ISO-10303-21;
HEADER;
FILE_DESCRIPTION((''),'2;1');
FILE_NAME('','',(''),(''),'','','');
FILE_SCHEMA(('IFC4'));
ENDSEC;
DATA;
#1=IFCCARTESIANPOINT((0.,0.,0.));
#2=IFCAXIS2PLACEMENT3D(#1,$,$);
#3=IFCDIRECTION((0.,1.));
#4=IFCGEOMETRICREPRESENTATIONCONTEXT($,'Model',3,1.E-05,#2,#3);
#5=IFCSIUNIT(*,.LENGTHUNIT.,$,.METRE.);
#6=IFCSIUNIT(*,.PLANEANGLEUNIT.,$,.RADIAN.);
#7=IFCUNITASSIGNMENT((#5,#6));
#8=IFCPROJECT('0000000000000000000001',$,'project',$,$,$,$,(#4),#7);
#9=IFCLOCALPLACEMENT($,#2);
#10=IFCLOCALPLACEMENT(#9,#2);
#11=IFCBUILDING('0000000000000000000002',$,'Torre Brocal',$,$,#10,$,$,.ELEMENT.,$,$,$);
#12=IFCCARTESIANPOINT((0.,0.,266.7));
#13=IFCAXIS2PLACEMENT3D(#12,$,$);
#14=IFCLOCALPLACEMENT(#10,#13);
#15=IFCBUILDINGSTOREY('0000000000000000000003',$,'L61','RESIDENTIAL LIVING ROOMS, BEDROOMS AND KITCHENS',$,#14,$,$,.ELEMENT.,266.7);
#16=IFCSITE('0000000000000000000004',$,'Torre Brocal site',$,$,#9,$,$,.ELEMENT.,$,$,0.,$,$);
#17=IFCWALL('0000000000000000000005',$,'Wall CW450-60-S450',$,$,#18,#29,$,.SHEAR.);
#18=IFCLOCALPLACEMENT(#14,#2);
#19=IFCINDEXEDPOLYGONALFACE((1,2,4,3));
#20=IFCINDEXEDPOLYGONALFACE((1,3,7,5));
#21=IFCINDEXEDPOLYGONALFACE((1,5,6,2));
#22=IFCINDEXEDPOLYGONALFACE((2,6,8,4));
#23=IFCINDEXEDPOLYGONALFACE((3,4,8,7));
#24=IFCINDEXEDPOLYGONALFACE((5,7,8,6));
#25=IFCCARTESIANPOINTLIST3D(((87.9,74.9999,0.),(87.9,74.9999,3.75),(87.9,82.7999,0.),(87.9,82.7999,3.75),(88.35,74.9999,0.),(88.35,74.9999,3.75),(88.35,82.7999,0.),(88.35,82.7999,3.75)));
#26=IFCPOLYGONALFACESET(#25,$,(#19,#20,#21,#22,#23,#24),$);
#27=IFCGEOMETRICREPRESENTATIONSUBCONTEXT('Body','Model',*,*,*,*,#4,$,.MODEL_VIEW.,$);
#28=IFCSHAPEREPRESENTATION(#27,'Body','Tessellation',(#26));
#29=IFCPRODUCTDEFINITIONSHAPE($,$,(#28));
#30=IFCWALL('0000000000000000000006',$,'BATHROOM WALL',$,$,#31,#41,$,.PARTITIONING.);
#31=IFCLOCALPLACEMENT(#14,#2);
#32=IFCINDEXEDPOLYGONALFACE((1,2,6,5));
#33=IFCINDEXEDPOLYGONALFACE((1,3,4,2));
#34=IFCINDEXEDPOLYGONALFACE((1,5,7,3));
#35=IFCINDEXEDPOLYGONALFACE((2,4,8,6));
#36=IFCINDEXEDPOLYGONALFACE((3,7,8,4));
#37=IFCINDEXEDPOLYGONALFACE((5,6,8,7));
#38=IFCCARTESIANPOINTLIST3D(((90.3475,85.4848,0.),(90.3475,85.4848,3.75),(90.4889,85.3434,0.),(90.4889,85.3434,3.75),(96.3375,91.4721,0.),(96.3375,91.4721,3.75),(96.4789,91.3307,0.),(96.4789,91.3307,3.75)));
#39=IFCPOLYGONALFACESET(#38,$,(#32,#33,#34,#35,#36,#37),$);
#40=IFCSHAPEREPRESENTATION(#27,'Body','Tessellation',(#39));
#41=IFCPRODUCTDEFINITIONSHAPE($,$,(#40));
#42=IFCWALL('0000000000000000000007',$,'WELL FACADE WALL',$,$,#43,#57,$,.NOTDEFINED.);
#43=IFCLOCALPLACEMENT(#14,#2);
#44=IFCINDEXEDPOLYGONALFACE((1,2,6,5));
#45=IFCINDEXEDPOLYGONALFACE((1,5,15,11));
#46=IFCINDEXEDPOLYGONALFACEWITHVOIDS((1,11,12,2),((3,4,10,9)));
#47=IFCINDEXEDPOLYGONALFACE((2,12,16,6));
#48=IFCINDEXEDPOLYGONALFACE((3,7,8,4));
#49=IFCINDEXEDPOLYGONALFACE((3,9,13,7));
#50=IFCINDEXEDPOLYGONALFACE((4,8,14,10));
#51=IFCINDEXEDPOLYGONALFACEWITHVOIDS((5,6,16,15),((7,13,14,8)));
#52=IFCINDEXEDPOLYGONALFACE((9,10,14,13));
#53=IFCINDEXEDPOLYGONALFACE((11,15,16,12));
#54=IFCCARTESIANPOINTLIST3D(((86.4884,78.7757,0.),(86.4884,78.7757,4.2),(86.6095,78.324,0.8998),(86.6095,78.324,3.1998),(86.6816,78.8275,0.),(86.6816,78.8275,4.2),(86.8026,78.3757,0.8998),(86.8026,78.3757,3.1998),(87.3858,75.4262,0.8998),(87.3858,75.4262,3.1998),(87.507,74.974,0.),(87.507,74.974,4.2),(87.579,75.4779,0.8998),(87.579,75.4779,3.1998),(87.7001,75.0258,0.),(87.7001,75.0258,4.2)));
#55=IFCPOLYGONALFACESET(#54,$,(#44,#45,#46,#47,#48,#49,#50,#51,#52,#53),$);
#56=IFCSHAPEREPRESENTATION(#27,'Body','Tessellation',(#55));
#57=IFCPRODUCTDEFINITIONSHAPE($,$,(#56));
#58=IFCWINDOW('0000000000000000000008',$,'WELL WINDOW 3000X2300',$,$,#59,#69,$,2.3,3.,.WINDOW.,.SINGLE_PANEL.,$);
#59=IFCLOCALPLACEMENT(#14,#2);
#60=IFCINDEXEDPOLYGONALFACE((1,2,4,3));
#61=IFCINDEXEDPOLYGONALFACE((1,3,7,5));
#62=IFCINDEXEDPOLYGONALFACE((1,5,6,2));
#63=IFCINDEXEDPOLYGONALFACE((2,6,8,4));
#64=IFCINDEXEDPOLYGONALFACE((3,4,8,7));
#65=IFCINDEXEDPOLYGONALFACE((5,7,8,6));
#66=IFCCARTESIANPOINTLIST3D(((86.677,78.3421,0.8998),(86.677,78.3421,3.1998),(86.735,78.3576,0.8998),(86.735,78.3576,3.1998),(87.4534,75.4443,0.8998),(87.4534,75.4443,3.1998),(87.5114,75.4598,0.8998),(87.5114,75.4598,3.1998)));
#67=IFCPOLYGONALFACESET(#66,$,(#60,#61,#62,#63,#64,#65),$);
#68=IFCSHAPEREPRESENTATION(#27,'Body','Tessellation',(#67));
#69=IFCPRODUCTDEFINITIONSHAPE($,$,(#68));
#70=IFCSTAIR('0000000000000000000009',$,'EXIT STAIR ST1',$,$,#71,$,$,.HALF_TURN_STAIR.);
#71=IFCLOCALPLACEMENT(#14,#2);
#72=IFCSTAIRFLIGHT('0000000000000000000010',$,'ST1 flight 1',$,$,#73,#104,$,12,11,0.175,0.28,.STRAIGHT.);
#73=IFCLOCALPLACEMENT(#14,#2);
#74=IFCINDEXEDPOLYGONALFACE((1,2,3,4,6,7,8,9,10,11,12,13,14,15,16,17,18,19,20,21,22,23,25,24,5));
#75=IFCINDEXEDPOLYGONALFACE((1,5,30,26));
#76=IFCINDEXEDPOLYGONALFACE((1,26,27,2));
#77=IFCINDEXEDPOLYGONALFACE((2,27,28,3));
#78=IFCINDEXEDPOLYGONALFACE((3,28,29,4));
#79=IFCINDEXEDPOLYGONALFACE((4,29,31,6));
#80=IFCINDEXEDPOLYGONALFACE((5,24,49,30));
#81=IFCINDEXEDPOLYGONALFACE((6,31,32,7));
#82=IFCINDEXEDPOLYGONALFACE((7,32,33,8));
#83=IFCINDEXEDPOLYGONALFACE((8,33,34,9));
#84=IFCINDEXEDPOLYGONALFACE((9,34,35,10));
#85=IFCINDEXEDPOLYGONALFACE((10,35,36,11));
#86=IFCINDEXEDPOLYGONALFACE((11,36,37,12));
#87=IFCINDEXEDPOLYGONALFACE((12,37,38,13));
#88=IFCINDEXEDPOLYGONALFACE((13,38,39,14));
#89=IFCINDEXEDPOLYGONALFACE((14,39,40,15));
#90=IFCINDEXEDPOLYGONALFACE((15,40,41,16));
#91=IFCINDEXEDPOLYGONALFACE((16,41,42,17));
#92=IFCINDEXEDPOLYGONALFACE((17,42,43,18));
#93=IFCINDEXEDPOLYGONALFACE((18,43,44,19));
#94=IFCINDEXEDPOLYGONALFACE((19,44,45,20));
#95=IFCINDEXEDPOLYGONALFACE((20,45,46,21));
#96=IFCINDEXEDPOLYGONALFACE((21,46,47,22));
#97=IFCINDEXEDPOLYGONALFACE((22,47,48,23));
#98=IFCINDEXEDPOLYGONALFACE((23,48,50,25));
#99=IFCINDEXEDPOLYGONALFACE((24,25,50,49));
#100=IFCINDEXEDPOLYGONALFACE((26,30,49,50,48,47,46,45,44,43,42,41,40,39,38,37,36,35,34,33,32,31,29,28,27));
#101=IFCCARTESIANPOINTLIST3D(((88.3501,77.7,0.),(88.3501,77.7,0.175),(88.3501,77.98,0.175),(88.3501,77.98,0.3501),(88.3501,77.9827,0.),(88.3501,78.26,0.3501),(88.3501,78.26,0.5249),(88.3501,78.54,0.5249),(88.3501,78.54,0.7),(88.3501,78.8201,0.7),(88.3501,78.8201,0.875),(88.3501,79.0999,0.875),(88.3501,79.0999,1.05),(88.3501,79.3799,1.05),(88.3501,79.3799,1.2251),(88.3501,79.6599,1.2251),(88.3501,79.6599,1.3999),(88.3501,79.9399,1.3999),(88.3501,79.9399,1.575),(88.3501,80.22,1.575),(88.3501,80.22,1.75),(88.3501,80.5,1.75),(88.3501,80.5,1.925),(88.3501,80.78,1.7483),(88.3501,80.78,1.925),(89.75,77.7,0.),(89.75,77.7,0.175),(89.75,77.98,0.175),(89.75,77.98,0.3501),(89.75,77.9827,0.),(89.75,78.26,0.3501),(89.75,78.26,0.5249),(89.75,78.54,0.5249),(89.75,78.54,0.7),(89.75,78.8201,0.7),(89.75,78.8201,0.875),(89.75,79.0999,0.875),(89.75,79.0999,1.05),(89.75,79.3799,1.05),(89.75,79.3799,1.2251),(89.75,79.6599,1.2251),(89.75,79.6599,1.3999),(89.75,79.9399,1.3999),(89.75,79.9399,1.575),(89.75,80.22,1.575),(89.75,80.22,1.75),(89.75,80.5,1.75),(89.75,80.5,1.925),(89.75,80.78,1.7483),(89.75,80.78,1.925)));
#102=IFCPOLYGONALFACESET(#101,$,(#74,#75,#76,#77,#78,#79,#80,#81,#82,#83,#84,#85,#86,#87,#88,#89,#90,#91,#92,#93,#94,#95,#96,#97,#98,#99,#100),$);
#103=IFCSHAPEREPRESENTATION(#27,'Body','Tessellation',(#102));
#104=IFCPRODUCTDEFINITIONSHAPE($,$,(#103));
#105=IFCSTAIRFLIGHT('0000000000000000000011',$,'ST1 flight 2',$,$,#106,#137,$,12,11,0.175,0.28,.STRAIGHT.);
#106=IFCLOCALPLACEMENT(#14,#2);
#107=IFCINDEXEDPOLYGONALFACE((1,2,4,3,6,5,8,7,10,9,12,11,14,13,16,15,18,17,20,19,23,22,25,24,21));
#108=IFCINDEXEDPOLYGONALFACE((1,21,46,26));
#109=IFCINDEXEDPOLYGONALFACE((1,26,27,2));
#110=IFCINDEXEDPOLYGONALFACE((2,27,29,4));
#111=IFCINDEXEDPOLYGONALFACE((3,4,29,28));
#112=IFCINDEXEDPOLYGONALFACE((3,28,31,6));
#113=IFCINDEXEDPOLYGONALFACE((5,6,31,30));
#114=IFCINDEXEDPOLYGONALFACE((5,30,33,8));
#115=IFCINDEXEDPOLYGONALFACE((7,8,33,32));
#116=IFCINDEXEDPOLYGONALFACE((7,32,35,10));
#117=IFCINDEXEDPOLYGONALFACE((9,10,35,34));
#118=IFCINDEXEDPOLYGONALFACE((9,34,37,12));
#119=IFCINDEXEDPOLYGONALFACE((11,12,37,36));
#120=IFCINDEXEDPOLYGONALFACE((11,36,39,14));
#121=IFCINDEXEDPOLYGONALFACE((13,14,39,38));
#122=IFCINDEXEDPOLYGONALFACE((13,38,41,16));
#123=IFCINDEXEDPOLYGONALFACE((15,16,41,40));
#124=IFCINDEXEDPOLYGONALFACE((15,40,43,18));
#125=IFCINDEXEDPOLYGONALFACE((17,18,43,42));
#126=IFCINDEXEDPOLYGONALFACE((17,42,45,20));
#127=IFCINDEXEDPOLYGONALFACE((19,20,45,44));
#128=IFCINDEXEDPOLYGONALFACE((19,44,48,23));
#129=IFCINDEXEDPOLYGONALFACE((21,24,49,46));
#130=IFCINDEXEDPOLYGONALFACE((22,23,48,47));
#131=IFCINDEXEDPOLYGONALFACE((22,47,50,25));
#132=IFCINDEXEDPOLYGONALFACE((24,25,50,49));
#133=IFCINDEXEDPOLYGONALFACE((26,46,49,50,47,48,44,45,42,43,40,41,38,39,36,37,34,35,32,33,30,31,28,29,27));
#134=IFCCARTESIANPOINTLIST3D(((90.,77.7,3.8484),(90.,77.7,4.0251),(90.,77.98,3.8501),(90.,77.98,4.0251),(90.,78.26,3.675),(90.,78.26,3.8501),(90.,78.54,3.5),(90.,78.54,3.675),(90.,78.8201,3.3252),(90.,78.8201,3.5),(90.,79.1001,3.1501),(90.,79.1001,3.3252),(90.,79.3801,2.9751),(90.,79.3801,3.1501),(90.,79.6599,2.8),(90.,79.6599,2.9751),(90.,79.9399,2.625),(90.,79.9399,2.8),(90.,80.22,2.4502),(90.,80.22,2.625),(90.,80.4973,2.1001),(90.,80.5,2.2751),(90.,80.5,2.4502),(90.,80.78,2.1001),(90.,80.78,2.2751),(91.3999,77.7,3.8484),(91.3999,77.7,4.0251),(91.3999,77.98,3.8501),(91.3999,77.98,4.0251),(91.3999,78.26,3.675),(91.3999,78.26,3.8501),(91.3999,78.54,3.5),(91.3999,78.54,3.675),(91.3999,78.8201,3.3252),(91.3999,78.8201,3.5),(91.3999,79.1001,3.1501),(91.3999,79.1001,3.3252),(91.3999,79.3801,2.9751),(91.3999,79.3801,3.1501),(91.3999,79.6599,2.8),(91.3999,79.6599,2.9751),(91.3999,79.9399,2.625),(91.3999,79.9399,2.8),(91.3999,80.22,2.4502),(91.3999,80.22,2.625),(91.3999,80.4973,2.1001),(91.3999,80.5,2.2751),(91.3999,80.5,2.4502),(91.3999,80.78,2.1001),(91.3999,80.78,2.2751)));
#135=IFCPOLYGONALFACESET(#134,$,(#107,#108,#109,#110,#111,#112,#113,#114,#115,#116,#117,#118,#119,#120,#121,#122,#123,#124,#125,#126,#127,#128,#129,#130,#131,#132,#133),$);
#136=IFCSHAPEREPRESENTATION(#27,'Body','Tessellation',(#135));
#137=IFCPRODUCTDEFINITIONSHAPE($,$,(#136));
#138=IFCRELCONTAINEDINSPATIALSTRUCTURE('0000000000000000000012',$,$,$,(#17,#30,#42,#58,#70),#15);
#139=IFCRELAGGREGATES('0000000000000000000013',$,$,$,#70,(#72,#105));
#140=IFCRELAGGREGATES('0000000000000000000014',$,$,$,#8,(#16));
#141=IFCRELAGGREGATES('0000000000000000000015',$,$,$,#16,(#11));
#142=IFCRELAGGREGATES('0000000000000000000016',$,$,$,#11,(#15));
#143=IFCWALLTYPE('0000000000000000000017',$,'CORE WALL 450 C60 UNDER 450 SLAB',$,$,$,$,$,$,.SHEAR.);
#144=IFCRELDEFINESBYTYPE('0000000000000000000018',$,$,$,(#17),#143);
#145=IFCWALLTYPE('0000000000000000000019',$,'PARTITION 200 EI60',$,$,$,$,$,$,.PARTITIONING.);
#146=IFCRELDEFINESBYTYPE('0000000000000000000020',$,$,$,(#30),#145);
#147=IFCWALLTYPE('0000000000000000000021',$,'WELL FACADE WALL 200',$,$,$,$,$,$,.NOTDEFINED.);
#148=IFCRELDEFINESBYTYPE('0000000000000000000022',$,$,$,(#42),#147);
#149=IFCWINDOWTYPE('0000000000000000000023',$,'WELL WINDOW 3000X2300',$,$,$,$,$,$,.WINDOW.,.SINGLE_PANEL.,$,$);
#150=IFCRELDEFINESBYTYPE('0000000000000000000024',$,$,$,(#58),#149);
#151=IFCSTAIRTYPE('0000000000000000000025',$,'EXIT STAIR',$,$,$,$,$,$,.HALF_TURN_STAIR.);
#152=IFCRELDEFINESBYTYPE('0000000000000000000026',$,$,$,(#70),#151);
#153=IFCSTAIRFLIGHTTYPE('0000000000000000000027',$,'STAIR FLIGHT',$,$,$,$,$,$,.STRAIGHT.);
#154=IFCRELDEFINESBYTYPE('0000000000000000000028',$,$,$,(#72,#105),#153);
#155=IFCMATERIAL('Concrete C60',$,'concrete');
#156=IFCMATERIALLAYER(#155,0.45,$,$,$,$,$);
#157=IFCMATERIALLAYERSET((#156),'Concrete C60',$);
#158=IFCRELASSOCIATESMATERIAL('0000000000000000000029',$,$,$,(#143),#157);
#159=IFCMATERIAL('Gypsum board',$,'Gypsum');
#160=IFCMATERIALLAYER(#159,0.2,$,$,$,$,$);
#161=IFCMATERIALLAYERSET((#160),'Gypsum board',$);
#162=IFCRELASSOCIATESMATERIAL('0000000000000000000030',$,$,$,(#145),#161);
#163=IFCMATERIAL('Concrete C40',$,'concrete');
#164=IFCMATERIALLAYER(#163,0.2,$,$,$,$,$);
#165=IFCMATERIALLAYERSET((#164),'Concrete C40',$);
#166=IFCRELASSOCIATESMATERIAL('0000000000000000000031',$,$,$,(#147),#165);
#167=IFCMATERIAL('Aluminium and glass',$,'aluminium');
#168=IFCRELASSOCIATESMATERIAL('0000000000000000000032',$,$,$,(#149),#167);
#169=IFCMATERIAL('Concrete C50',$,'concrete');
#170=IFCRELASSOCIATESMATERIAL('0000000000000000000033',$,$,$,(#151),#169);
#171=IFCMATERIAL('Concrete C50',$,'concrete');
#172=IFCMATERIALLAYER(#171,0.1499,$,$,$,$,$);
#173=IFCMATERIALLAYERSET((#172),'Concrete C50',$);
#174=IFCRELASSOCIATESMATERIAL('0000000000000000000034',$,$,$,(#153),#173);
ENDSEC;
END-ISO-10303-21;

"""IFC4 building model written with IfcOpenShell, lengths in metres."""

from ifc_helpers import new_model, si_unit, direction, frame, frame_2d, origin, place, context, subcontext, project, spatial, polyline, rectangle, outline, extrude, material, layer, layer_set, type_object, element, fill, aggregate, save


model = new_model("IFC4")

# Units and contexts
model_context = context("Model", 3, precision=1e-05, world=origin(), true_north=direction((0.0, 1.0)))
body_context = subcontext(model_context, "Body", "Model", "MODEL_VIEW")
ifc_project = project(units=[si_unit("LENGTHUNIT", "METRE"), si_unit("PLANEANGLEUNIT", "RADIAN")], contexts=[model_context])

# Site, building, storey
site_placement = place(None, origin())
site = spatial("IfcSite", under=ifc_project, at=site_placement, Name="Torre Brocal site", CompositionType="ELEMENT", RefElevation=0.0)
building_placement = place(site_placement, origin())
building = spatial("IfcBuilding", under=site, at=building_placement, Name="Torre Brocal", CompositionType="ELEMENT")
storey_placement = place(building_placement, frame((0.0, 0.0, 266.7)))
storey = spatial("IfcBuildingStorey", under=building, at=storey_placement, Name="L61", Description="RESIDENTIAL LIVING ROOMS, BEDROOMS AND KITCHENS", CompositionType="ELEMENT", Elevation=266.7)

# Wall
ifc_material_1 = material(Name="Concrete C60", Category="concrete")
ifc_layer_1 = layer(ifc_material_1, 0.45)
ifc_layer_set_1 = layer_set([ifc_layer_1], Name="Concrete C60")
wall_type_1 = type_object("IfcWallType", Name="CORE WALL 450 C60 UNDER 450 SLAB", PredefinedType="SHEAR", material=ifc_layer_set_1)
wall_1_placement = place(storey_placement, frame((88.125, 75.0, 0.0), z_axis=(0.0, 0.0, 1.0), x_axis=(0.0, 1.0, 0.0)))
element("IfcWall", 1, at=wall_1_placement, inside=storey, type_object=wall_type_1, Name="Wall CW450-60-S450", PredefinedType="SHEAR", context=body_context, shape_type="SweptSolid", body=[
    extrude(rectangle(XDim=7.8, YDim=0.45, at=frame_2d((3.8999, 0.0))), origin(), (0.0, 0.0, 1.0), 3.75),
])

# Wall
ifc_material_2 = material(Name="Gypsum board", Category="Gypsum")
ifc_layer_2 = layer(ifc_material_2, 0.2)
ifc_layer_set_2 = layer_set([ifc_layer_2], Name="Gypsum board")
wall_type_2 = type_object("IfcWallType", Name="PARTITION 200 EI60", PredefinedType="PARTITIONING", material=ifc_layer_set_2)
wall_2_placement = place(storey_placement, frame((90.4182, 85.4141, 0.0), z_axis=(0.0, 0.0, 1.0), x_axis=(0.707265, 0.706948, 0.0)))
element("IfcWall", 2, at=wall_2_placement, inside=storey, type_object=wall_type_2, Name="BATHROOM WALL", PredefinedType="PARTITIONING", context=body_context, shape_type="SweptSolid", body=[
    extrude(rectangle(XDim=8.4692, YDim=0.2, at=frame_2d((4.2346, 0.0))), origin(), (0.0, 0.0, 1.0), 3.75),
])

# Wall, opening, window
ifc_material_3 = material(Name="Concrete C40", Category="concrete")
ifc_layer_3 = layer(ifc_material_3, 0.2)
ifc_layer_set_3 = layer_set([ifc_layer_3], Name="Concrete C40")
wall_type_3 = type_object("IfcWallType", Name="WELL FACADE WALL 200", PredefinedType="NOTDEFINED", material=ifc_layer_set_3)
wall_3_placement = place(storey_placement, frame((87.6035, 75.0, 0.0), z_axis=(0.0, 0.0, 1.0), x_axis=(-0.25879, 0.965934, 0.0)))
wall_3 = element("IfcWall", 3, at=wall_3_placement, inside=storey, type_object=wall_type_3, Name="WELL FACADE WALL", PredefinedType="NOTDEFINED", context=body_context, shape_type="SweptSolid", body=[
    extrude(rectangle(XDim=3.9358, YDim=0.2, at=frame_2d((1.9678, 0.0))), origin(), (0.0, 0.0, 1.0), 4.2),
])
opening_1_placement = place(wall_3_placement, frame((0.468, 0.0, 0.8999)))
opening_1 = element("IfcOpeningElement", 4, at=opening_1_placement, cuts=wall_3, PredefinedType="OPENING", context=body_context, shape_type="SweptSolid", body=[
    extrude(rectangle(XDim=3.0, YDim=2.3, at=frame_2d((1.5, 1.1499))), frame((0.0, 0.1099, 0.0), z_axis=(0.0, -1.0, 0.0), x_axis=(1.0, 0.0, 0.0)), (0.0, 0.0, 1.0), 0.22),
])
ifc_material_4 = material(Name="Aluminium and glass", Category="aluminium")
window_type = type_object("IfcWindowType", Name="WELL WINDOW 3000X2300", PartitioningType="SINGLE_PANEL", PredefinedType="WINDOW", material=ifc_material_4)
window_placement = place(opening_1_placement, origin())
window = element("IfcWindow", 5, at=window_placement, inside=storey, type_object=window_type, Name="WELL WINDOW 3000X2300", OverallHeight=2.3, OverallWidth=3.0, PartitioningType="SINGLE_PANEL", PredefinedType="WINDOW", context=body_context, shape_type="SweptSolid", body=[
    extrude(rectangle(XDim=3.0, YDim=2.3, at=frame_2d((1.5, 1.1499))), frame((0.0, 0.03, 0.0), z_axis=(0.0, -1.0, 0.0), x_axis=(1.0, 0.0, 0.0)), (0.0, 0.0, 1.0), 0.0601),
])
fill(opening_1, window)

# Stair, stair flights
ifc_material_5 = material(Name="Concrete C50", Category="concrete")
stair_type = type_object("IfcStairType", Name="EXIT STAIR", PredefinedType="HALF_TURN_STAIR", material=ifc_material_5)
stair_placement = place(storey_placement, origin())
stair = element("IfcStair", 6, at=stair_placement, inside=storey, type_object=stair_type, Name="EXIT STAIR ST1", PredefinedType="HALF_TURN_STAIR")
ifc_material_6 = material(Name="Concrete C50", Category="concrete")
ifc_layer_4 = layer(ifc_material_6, 0.1499)
ifc_layer_set_4 = layer_set([ifc_layer_4], Name="Concrete C50")
stair_flight_type = type_object("IfcStairFlightType", Name="STAIR FLIGHT", PredefinedType="STRAIGHT", material=ifc_layer_set_4)
stair_flight_1_placement = place(storey_placement, frame((89.05, 77.7, 0.0), z_axis=(0.0, 0.0, 1.0), x_axis=(0.0, 1.0, 0.0)))
stair_flight_1 = element("IfcStairFlight", 7, at=stair_flight_1_placement, type_object=stair_flight_type, Name="ST1 flight 1", NumberOfRisers=12, NumberOfTreads=11, PredefinedType="STRAIGHT", RiserHeight=0.175, TreadLength=0.28, context=body_context, shape_type="SweptSolid", body=[
    extrude(outline(polyline([(0.0, 0.0), (0.0, 0.175), (0.28, 0.175), (0.28, 0.3501), (0.5601, 0.3501), (0.5601, 0.5249), (0.8401, 0.5249), (0.8401, 0.7), (1.1201, 0.7), (1.1201, 0.875), (1.3999, 0.875), (1.3999, 1.05), (1.6799, 1.05), (1.6799, 1.2251), (1.96, 1.2251), (1.96, 1.3999), (2.24, 1.3999), (2.24, 1.575), (2.52, 1.575), (2.52, 1.75), (2.8, 1.75), (2.8, 1.925), (3.0801, 1.925), (3.0801, 2.1001), (3.0801, 1.7483), (0.2827, 0.0), (0.0, 0.0)])), frame((0.0, 0.7, 0.0), z_axis=(0.0, -1.0, 0.0), x_axis=(1.0, 0.0, 0.0)), (0.0, 0.0, 1.0), 1.3999),
])
stair_flight_2_placement = place(storey_placement, frame((90.7, 80.78, 2.1001), z_axis=(0.0, 0.0, 1.0), x_axis=(0.0, -1.0, 0.0)))
stair_flight_2 = element("IfcStairFlight", 8, at=stair_flight_2_placement, type_object=stair_flight_type, Name="ST1 flight 2", NumberOfRisers=12, NumberOfTreads=11, PredefinedType="STRAIGHT", RiserHeight=0.175, TreadLength=0.28, context=body_context, shape_type="SweptSolid", body=[
    extrude(outline(polyline([(0.0, 0.0), (0.0, 0.175), (0.28, 0.175), (0.28, 0.3501), (0.5601, 0.3501), (0.5601, 0.5249), (0.8401, 0.5249), (0.8401, 0.7), (1.1201, 0.7), (1.1201, 0.875), (1.3999, 0.875), (1.3999, 1.05), (1.6799, 1.05), (1.6799, 1.2251), (1.96, 1.2251), (1.96, 1.3999), (2.24, 1.3999), (2.24, 1.575), (2.52, 1.575), (2.52, 1.75), (2.8, 1.75), (2.8, 1.925), (3.0801, 1.925), (3.0801, 2.1001), (3.0801, 1.7483), (0.2827, 0.0), (0.0, 0.0)])), frame((0.0, 0.7, 0.0), z_axis=(0.0, -1.0, 0.0), x_axis=(1.0, 0.0, 0.0)), (0.0, 0.0, 1.0), 1.3999),
])
aggregate(stair, [stair_flight_1, stair_flight_2])

save(model, "model.ifc")
